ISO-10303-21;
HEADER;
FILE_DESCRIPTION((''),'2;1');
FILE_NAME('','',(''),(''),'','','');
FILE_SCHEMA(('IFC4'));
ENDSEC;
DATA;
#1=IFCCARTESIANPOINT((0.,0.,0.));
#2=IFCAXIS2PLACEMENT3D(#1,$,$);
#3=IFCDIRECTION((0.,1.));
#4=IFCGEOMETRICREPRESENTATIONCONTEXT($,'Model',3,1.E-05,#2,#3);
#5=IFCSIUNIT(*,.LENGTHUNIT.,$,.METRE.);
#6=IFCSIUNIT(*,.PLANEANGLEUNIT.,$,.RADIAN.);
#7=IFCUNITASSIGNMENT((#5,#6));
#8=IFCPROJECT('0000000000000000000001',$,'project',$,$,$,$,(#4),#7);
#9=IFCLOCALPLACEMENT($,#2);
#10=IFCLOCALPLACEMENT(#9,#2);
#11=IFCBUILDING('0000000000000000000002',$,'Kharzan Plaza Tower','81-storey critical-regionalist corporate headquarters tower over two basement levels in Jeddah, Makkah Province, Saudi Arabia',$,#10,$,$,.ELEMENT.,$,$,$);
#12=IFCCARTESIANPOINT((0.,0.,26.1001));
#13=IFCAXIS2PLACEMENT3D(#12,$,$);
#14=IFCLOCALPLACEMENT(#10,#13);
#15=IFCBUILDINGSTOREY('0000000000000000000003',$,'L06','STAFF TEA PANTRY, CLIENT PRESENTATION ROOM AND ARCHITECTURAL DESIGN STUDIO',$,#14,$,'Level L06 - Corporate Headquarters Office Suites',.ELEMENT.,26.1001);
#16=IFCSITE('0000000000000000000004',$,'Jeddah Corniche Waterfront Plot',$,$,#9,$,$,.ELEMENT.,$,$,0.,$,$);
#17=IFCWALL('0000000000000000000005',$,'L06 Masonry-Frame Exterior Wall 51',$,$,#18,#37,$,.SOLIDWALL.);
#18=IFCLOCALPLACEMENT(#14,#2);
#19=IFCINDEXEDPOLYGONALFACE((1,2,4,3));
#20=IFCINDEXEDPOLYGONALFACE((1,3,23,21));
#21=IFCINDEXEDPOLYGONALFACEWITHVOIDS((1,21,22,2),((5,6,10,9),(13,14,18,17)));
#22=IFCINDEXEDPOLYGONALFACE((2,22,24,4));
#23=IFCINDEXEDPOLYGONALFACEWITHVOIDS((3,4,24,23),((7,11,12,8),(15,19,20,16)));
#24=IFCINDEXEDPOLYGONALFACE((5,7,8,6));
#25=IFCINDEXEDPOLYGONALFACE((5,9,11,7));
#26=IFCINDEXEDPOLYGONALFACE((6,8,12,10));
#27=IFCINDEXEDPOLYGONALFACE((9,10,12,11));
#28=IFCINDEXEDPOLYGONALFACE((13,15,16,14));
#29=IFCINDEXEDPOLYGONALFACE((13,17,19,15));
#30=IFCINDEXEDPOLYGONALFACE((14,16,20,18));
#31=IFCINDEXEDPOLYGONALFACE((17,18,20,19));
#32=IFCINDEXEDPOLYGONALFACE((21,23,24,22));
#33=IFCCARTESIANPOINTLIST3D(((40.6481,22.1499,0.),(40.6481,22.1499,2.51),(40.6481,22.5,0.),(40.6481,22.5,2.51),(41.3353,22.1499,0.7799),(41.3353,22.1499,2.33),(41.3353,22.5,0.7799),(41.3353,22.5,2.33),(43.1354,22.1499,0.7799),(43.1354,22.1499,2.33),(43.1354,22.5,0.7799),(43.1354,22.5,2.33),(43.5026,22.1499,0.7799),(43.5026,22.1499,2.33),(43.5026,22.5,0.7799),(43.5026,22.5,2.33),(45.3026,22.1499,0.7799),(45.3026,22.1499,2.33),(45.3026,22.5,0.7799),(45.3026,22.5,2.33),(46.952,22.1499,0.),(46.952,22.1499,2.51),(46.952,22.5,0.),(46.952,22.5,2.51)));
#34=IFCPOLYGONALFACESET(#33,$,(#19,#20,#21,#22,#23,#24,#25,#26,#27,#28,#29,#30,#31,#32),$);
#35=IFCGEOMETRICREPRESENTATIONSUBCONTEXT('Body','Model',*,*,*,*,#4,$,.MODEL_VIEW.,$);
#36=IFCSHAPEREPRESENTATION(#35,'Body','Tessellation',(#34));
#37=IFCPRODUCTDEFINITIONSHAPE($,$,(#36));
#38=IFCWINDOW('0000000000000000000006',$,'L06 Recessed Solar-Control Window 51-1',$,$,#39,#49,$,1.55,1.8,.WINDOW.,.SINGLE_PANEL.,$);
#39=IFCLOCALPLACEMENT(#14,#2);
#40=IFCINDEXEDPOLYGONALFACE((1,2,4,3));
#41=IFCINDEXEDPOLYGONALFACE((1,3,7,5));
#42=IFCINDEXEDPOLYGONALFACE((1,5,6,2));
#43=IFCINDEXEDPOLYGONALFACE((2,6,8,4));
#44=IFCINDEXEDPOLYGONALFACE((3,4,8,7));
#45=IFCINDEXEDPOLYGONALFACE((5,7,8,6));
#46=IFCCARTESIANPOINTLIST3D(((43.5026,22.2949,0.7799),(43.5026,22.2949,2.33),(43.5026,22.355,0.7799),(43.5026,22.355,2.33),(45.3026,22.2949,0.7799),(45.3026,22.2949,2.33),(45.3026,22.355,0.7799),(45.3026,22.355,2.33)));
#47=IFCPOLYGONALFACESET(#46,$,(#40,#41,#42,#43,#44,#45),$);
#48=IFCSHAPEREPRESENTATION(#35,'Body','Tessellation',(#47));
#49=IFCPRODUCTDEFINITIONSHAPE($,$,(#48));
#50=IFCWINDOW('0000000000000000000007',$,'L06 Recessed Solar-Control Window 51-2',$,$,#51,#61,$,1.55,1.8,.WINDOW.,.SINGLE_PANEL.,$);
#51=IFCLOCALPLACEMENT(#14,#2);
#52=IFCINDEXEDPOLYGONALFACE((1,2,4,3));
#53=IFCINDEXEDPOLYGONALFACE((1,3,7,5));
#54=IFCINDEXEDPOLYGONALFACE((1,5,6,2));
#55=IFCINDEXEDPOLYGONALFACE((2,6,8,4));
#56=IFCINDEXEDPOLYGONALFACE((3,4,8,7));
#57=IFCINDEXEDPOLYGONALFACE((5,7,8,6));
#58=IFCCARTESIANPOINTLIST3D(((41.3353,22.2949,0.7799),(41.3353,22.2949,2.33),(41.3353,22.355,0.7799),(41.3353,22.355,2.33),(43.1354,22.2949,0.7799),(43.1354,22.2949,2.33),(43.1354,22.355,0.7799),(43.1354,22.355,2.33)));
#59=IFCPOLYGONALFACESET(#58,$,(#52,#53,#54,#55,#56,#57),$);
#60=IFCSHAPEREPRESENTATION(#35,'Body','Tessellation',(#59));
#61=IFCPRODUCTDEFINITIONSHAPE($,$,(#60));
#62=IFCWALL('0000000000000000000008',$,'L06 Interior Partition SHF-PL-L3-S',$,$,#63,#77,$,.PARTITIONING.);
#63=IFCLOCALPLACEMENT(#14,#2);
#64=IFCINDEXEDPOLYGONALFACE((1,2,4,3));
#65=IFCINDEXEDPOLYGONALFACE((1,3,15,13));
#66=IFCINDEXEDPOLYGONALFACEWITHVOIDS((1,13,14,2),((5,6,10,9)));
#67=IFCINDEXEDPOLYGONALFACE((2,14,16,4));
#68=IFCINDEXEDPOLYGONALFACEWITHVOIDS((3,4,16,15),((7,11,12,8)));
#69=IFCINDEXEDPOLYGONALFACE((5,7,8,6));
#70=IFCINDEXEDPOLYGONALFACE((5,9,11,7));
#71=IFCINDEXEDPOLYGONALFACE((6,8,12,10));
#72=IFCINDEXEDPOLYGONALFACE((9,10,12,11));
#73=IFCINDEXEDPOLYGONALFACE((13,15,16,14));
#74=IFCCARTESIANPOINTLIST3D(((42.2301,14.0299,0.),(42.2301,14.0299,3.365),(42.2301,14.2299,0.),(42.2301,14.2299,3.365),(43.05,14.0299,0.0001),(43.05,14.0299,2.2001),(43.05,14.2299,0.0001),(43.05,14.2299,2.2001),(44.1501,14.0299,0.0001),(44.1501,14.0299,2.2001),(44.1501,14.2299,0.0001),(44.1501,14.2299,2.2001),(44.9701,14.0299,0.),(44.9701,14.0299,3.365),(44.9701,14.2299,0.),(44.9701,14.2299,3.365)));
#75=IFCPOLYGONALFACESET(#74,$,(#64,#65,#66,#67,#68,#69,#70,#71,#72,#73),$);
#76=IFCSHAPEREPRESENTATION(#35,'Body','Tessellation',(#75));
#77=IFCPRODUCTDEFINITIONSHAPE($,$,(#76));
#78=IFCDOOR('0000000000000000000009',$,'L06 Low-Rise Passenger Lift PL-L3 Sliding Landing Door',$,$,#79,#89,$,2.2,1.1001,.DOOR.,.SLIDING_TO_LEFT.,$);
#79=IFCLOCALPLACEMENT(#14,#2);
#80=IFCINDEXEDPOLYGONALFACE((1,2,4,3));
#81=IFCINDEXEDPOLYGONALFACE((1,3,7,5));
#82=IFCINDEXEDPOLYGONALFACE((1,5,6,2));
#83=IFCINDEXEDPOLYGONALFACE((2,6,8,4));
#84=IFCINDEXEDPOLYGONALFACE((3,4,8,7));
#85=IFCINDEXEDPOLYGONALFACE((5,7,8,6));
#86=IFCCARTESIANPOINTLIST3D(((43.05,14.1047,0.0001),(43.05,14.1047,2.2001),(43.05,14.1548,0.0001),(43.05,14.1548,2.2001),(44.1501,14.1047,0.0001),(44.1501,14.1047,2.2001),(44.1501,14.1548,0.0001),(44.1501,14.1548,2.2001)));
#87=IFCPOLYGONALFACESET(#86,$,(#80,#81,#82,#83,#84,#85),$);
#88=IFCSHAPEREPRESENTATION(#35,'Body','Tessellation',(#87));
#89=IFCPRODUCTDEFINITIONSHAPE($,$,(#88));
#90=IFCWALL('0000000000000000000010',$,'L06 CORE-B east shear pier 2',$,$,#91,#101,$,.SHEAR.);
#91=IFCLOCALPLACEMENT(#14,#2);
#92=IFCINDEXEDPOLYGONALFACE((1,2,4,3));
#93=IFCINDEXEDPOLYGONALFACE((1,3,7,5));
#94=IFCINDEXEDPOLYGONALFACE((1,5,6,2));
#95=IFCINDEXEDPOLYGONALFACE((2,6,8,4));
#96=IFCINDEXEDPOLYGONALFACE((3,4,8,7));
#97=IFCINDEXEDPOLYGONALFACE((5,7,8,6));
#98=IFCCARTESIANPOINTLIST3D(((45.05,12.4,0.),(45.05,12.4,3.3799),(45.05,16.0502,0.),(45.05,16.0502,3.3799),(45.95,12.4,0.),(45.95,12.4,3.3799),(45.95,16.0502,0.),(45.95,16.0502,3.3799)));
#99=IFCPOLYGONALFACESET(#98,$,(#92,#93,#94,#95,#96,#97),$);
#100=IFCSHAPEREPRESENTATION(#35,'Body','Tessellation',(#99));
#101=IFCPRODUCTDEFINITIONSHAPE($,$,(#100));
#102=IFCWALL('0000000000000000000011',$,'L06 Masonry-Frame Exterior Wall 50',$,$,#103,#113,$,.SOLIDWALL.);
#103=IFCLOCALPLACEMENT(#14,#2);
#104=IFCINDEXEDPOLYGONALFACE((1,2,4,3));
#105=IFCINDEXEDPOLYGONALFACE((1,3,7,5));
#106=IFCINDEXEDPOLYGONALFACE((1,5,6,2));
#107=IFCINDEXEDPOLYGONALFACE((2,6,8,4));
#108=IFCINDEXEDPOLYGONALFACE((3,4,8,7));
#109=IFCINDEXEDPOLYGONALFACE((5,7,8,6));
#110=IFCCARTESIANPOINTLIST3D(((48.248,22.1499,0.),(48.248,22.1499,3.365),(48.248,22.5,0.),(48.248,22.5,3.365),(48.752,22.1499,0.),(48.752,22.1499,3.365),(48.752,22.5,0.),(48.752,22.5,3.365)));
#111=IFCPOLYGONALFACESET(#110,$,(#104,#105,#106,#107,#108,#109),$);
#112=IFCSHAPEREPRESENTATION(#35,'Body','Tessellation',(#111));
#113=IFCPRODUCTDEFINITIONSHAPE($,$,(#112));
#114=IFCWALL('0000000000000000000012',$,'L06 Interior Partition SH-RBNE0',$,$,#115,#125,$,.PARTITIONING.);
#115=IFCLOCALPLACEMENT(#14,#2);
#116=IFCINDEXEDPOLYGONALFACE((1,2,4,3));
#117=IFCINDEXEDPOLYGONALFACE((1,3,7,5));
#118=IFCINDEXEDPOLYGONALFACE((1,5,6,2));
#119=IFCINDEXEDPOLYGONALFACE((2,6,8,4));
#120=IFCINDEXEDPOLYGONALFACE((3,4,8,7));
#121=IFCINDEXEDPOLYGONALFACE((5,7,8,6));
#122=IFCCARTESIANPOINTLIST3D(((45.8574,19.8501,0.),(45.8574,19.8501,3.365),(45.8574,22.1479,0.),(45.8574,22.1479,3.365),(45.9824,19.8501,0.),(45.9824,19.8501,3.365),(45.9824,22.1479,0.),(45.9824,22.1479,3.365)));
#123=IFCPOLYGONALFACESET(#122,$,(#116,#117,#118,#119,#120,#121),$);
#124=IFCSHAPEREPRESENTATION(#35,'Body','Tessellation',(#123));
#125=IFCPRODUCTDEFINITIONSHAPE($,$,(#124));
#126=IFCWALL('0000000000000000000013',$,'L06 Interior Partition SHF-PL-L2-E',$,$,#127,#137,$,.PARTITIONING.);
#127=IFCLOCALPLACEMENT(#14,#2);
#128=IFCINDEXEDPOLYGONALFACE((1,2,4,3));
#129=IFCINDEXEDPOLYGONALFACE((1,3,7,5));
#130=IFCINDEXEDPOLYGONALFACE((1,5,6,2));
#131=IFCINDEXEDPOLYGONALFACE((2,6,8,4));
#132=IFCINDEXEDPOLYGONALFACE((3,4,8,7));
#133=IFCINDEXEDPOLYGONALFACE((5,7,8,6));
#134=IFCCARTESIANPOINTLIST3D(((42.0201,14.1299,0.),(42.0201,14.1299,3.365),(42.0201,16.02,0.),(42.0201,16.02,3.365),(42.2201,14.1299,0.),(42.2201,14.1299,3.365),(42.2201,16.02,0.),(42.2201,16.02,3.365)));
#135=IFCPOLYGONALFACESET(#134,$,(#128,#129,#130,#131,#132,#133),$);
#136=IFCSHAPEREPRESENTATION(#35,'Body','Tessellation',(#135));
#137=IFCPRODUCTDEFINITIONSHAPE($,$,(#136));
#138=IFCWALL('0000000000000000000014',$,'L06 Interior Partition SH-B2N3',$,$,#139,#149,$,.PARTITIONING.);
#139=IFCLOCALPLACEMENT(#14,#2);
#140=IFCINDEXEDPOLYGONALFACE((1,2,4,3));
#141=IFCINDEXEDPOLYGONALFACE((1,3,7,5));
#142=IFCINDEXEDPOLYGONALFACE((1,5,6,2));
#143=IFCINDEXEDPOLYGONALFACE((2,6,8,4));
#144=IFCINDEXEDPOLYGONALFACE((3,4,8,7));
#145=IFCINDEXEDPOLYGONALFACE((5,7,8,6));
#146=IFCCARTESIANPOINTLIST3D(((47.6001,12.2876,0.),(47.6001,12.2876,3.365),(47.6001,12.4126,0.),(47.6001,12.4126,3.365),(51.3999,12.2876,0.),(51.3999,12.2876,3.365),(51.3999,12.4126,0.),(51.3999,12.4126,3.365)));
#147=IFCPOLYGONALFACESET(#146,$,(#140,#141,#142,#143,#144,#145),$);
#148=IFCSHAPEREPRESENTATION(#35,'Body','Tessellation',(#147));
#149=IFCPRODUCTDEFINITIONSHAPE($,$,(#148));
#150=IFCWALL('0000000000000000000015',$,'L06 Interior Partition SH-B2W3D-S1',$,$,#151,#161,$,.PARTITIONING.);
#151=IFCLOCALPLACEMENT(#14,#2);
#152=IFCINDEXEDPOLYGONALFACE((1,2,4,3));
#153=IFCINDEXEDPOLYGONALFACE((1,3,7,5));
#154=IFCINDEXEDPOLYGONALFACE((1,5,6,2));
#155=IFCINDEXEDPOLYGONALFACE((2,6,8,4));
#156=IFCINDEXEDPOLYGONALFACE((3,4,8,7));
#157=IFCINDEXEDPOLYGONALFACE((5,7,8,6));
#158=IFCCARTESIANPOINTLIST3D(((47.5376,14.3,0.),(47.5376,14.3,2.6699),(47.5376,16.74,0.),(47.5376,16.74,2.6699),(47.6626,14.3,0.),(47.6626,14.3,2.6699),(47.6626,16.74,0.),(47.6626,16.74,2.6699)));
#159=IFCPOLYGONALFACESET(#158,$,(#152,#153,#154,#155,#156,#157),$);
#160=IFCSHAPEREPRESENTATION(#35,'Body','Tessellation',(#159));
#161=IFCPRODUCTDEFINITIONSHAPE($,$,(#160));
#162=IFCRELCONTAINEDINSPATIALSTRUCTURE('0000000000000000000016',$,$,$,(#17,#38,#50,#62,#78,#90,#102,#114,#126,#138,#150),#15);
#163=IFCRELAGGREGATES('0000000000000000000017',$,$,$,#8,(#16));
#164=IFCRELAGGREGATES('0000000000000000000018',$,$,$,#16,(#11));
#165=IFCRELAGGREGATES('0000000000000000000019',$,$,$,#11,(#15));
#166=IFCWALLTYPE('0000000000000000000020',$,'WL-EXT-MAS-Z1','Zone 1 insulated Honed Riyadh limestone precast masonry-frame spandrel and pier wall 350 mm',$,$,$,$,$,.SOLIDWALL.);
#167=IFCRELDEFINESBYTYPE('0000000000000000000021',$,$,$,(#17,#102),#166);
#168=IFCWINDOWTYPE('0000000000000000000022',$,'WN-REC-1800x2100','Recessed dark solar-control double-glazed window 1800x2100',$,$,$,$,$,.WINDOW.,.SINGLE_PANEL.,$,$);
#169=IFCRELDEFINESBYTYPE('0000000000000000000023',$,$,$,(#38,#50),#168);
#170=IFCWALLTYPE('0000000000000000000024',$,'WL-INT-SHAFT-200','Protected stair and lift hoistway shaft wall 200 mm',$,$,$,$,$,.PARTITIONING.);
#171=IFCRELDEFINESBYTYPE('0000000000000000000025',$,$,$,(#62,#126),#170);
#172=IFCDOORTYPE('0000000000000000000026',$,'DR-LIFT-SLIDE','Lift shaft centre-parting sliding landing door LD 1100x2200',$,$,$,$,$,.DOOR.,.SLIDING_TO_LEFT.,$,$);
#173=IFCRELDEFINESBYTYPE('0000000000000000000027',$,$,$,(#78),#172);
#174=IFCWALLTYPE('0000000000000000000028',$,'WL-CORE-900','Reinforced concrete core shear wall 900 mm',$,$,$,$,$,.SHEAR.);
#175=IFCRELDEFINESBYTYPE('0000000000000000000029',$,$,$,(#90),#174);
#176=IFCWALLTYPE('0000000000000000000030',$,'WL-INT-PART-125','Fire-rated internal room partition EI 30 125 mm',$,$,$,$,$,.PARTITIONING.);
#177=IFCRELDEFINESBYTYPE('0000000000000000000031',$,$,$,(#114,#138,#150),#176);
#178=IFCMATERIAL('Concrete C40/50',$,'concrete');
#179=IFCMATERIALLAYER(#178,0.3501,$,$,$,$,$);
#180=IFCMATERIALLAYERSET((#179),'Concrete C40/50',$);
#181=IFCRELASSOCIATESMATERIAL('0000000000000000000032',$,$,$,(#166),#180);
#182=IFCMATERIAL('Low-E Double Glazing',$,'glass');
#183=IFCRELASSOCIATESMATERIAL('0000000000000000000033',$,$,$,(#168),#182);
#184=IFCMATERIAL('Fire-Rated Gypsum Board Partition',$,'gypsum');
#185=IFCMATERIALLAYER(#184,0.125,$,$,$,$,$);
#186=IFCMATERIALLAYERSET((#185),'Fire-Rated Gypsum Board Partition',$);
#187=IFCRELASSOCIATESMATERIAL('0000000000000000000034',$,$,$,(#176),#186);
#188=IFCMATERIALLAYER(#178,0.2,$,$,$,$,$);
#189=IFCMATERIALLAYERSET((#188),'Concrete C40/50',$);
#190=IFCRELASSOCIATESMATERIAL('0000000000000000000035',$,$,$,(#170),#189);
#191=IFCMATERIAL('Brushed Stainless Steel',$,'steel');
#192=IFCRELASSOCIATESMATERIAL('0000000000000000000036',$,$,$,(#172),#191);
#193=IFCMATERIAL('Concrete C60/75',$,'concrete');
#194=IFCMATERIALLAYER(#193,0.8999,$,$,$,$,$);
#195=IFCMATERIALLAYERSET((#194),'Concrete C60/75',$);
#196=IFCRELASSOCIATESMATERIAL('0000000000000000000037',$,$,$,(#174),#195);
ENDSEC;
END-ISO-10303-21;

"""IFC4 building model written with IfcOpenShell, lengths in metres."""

from ifc_helpers import new_model, si_unit, direction, frame, frame_2d, origin, place, context, subcontext, project, spatial, rectangle, extrude, source, transform, mapped, material, layer, layer_set, type_object, element, fill, save


model = new_model("IFC4")

# Units and contexts
model_context = context("Model", 3, precision=1e-05, world=origin(), true_north=direction((0.0, 1.0)))
body_context = subcontext(model_context, "Body", "Model", "MODEL_VIEW")
ifc_project = project(units=[si_unit("LENGTHUNIT", "METRE"), si_unit("PLANEANGLEUNIT", "RADIAN")], contexts=[model_context])

# Site, building, storey
site_placement = place(None, origin())
site = spatial("IfcSite", under=ifc_project, at=site_placement, Name="Jeddah Corniche Waterfront Plot", CompositionType="ELEMENT", RefElevation=0.0)
building_placement = place(site_placement, origin())
building = spatial("IfcBuilding", under=site, at=building_placement, Name="Kharzan Plaza Tower", Description="81-storey critical-regionalist corporate headquarters tower over two basement levels in Jeddah, Makkah Province, Saudi Arabia", CompositionType="ELEMENT")
storey_placement = place(building_placement, frame((0.0, 0.0, 26.1001)))
storey = spatial("IfcBuildingStorey", under=building, at=storey_placement, Name="L06", Description="STAFF TEA PANTRY, CLIENT PRESENTATION ROOM AND ARCHITECTURAL DESIGN STUDIO", LongName="Level L06 - Corporate Headquarters Office Suites", CompositionType="ELEMENT", Elevation=26.1001)

# Shared definitions
ifc_material_1 = material(Name="Concrete C60/75", Category="concrete")

# Wall, openings, windows
ifc_material_2 = material(Name="Concrete C40/50", Category="concrete")
ifc_layer_1 = layer(ifc_material_2, 0.3501)
ifc_layer_set_1 = layer_set([ifc_layer_1], Name="Concrete C40/50")
wall_type_1 = type_object("IfcWallType", Name="WL-EXT-MAS-Z1", Description="Zone 1 insulated Honed Riyadh limestone precast masonry-frame spandrel and pier wall 350 mm", PredefinedType="SOLIDWALL", material=ifc_layer_set_1)
wall_1_placement = place(storey_placement, frame((46.9519, 22.325, 0.0), z_axis=(0.0, 0.0, 1.0), x_axis=(-1.0, 0.0, 0.0)))
wall_1 = element("IfcWall", 1, at=wall_1_placement, inside=storey, type_object=wall_type_1, Name="L06 Masonry-Frame Exterior Wall 51", PredefinedType="SOLIDWALL", context=body_context, shape_type="SweptSolid", body=[
    extrude(rectangle(XDim=6.304, YDim=0.3501, at=frame_2d((3.1519, 0.0))), origin(), (0.0, 0.0, 1.0), 2.51),
])
opening_1_placement = place(wall_1_placement, frame((1.6494, 0.0, 0.78)))
opening_1 = element("IfcOpeningElement", 2, at=opening_1_placement, cuts=wall_1, PredefinedType="OPENING", context=body_context, shape_type="SweptSolid", body=[
    extrude(rectangle(XDim=1.8, YDim=1.55, at=frame_2d((0.8999, 0.7749))), frame((0.0, 0.1851, 0.0), z_axis=(0.0, -1.0, 0.0), x_axis=(1.0, 0.0, 0.0)), (0.0, 0.0, 1.0), 0.3701),
])
opening_2_placement = place(wall_1_placement, frame((3.8167, 0.0, 0.78)))
opening_2 = element("IfcOpeningElement", 3, at=opening_2_placement, cuts=wall_1, PredefinedType="OPENING", context=body_context, shape_type="SweptSolid", body=[
    extrude(rectangle(XDim=1.8, YDim=1.55, at=frame_2d((0.8999, 0.7749))), frame((0.0, 0.1851, 0.0), z_axis=(0.0, -1.0, 0.0), x_axis=(1.0, 0.0, 0.0)), (0.0, 0.0, 1.0), 0.3701),
])
ifc_material_3 = material(Name="Low-E Double Glazing", Category="glass")
window_type = type_object("IfcWindowType", Name="WN-REC-1800x2100", Description="Recessed dark solar-control double-glazed window 1800x2100", PartitioningType="SINGLE_PANEL", PredefinedType="WINDOW", material=ifc_material_3)
shared_shape_1 = source(origin(), body_context, "Body", "SweptSolid", [
    extrude(rectangle(XDim=1.8, YDim=1.55, at=frame_2d((0.8999, 0.7749))), frame((0.0, 0.03, 0.0), z_axis=(0.0, -1.0, 0.0), x_axis=(1.0, 0.0, 0.0)), (0.0, 0.0, 1.0), 0.0601),
])
window_1_placement = place(opening_1_placement, origin())
window_1 = element("IfcWindow", 4, at=window_1_placement, inside=storey, type_object=window_type, Name="L06 Recessed Solar-Control Window 51-1", OverallHeight=1.55, OverallWidth=1.8, PartitioningType="SINGLE_PANEL", PredefinedType="WINDOW", context=body_context, shape_type="MappedRepresentation", body=[
    mapped(shared_shape_1, transform((0.0, 0.0, 0.0), x_axis=(1.0, 0.0, 0.0), y_axis=(0.0, 1.0, 0.0), z_axis=(0.0, 0.0, 1.0))),
])
fill(opening_1, window_1)
window_2_placement = place(opening_2_placement, origin())
window_2 = element("IfcWindow", 5, at=window_2_placement, inside=storey, type_object=window_type, Name="L06 Recessed Solar-Control Window 51-2", OverallHeight=1.55, OverallWidth=1.8, PartitioningType="SINGLE_PANEL", PredefinedType="WINDOW", context=body_context, shape_type="MappedRepresentation", body=[
    mapped(shared_shape_1, transform((0.0, 0.0, 0.0), x_axis=(1.0, 0.0, 0.0), y_axis=(0.0, 1.0, 0.0), z_axis=(0.0, 0.0, 1.0))),
])
fill(opening_2, window_2)

# Wall, opening, door
ifc_material_4 = material(Name="Fire-Rated Gypsum Board Partition", Category="gypsum")
ifc_layer_2 = layer(ifc_material_4, 0.125)
ifc_layer_set_2 = layer_set([ifc_layer_2], Name="Fire-Rated Gypsum Board Partition")
wall_type_2 = type_object("IfcWallType", Name="WL-INT-PART-125", Description="Fire-rated internal room partition EI 30 125 mm", PredefinedType="PARTITIONING", material=ifc_layer_set_2)
ifc_layer_3 = layer(ifc_material_2, 0.2)
ifc_layer_set_3 = layer_set([ifc_layer_3], Name="Concrete C40/50")
wall_type_3 = type_object("IfcWallType", Name="WL-INT-SHAFT-200", Description="Protected stair and lift hoistway shaft wall 200 mm", PredefinedType="PARTITIONING", material=ifc_layer_set_3)
wall_2_placement = place(storey_placement, frame((42.23, 14.1299, 0.0), z_axis=(0.0, 0.0, 1.0), x_axis=(1.0, 0.0, 0.0)))
wall_2 = element("IfcWall", 6, at=wall_2_placement, inside=storey, type_object=wall_type_3, Name="L06 Interior Partition SHF-PL-L3-S", PredefinedType="PARTITIONING", context=body_context, shape_type="SweptSolid", body=[
    extrude(rectangle(XDim=2.74, YDim=0.2, at=frame_2d((1.3701, 0.0))), origin(), (0.0, 0.0, 1.0), 3.365),
])
opening_3_placement = place(wall_2_placement, frame((0.8201, 0.0, 0.0)))
opening_3 = element("IfcOpeningElement", 7, at=opening_3_placement, cuts=wall_2, PredefinedType="OPENING", context=body_context, shape_type="SweptSolid", body=[
    extrude(rectangle(XDim=1.1001, YDim=2.2, at=frame_2d((0.55, 1.1001))), frame((0.0, 0.1099, 0.0), z_axis=(0.0, -1.0, 0.0), x_axis=(1.0, 0.0, 0.0)), (0.0, 0.0, 1.0), 0.22),
])
ifc_material_5 = material(Name="Brushed Stainless Steel", Category="steel")
door_type_1 = type_object("IfcDoorType", Name="DR-LIFT-SLIDE", Description="Lift shaft centre-parting sliding landing door LD 1100x2200", OperationType="SLIDING_TO_LEFT", PredefinedType="DOOR", material=ifc_material_5)
shared_shape_2 = source(origin(), body_context, "Body", "SweptSolid", [
    extrude(rectangle(XDim=1.1001, YDim=2.2, at=frame_2d((0.55, 1.1001))), frame((0.0, 0.0249, 0.0), z_axis=(0.0, -1.0, 0.0), x_axis=(1.0, 0.0, 0.0)), (0.0, 0.0, 1.0), 0.05),
])
door_1_placement = place(opening_3_placement, origin())
door_1 = element("IfcDoor", 8, at=door_1_placement, inside=storey, type_object=door_type_1, Name="L06 Low-Rise Passenger Lift PL-L3 Sliding Landing Door", OperationType="SLIDING_TO_LEFT", OverallHeight=2.2, OverallWidth=1.1001, PredefinedType="DOOR", context=body_context, shape_type="MappedRepresentation", body=[
    mapped(shared_shape_2, transform((0.0, 0.0, 0.0), x_axis=(1.0, 0.0, 0.0), y_axis=(0.0, 1.0, 0.0), z_axis=(0.0, 0.0, 1.0))),
])
fill(opening_3, door_1)

# Walls
ifc_layer_4 = layer(ifc_material_1, 0.8999)
ifc_layer_set_4 = layer_set([ifc_layer_4], Name="Concrete C60/75")
wall_type_4 = type_object("IfcWallType", Name="WL-CORE-900", Description="Reinforced concrete core shear wall 900 mm", PredefinedType="SHEAR", material=ifc_layer_set_4)
shared_shape_3 = source(origin(), body_context, "Body", "SweptSolid", [
    extrude(rectangle(XDim=3.6501, YDim=0.8999, at=frame_2d((1.8252, 0.0))), origin(), (0.0, 0.0, 1.0), 3.3799),
])
wall_3_placement = place(storey_placement, frame((45.5, 12.3999, 0.0), z_axis=(0.0, 0.0, 1.0), x_axis=(0.0, 1.0, 0.0)))
element("IfcWall", 9, at=wall_3_placement, inside=storey, type_object=wall_type_4, Name="L06 CORE-B east shear pier 2", PredefinedType="SHEAR", context=body_context, shape_type="MappedRepresentation", body=[
    mapped(shared_shape_3, transform((0.0, 0.0, 0.0), x_axis=(1.0, 0.0, 0.0), y_axis=(0.0, 1.0, 0.0), z_axis=(0.0, 0.0, 1.0))),
])
shared_shape_4 = source(origin(), body_context, "Body", "SweptSolid", [
    extrude(rectangle(XDim=0.5039, YDim=0.3501, at=frame_2d((0.252, 0.0))), origin(), (0.0, 0.0, 1.0), 3.365),
])
wall_4_placement = place(storey_placement, frame((48.752, 22.325, 0.0), z_axis=(0.0, 0.0, 1.0), x_axis=(-1.0, 0.0, 0.0)))
element("IfcWall", 10, at=wall_4_placement, inside=storey, type_object=wall_type_1, Name="L06 Masonry-Frame Exterior Wall 50", PredefinedType="SOLIDWALL", context=body_context, shape_type="MappedRepresentation", body=[
    mapped(shared_shape_4, transform((0.0, 0.0, 0.0), x_axis=(1.0, 0.0, 0.0), y_axis=(0.0, 1.0, 0.0), z_axis=(0.0, 0.0, 1.0))),
])
shared_shape_5 = source(origin(), body_context, "Body", "SweptSolid", [
    extrude(rectangle(XDim=2.2979, YDim=0.125, at=frame_2d((1.1489, 0.0))), origin(), (0.0, 0.0, 1.0), 3.365),
])
wall_5_placement = place(storey_placement, frame((45.9199, 19.8501, 0.0), z_axis=(0.0, 0.0, 1.0), x_axis=(0.0, 1.0, 0.0)))
element("IfcWall", 11, at=wall_5_placement, inside=storey, type_object=wall_type_2, Name="L06 Interior Partition SH-RBNE0", PredefinedType="PARTITIONING", context=body_context, shape_type="MappedRepresentation", body=[
    mapped(shared_shape_5, transform((0.0, 0.0, 0.0), x_axis=(1.0, 0.0, 0.0), y_axis=(0.0, 1.0, 0.0), z_axis=(0.0, 0.0, 1.0))),
])
shared_shape_6 = source(origin(), body_context, "Body", "SweptSolid", [
    extrude(rectangle(XDim=1.8901, YDim=0.2, at=frame_2d((0.9451, 0.0))), origin(), (0.0, 0.0, 1.0), 3.365),
])
wall_6_placement = place(storey_placement, frame((42.1201, 14.1299, 0.0), z_axis=(0.0, 0.0, 1.0), x_axis=(0.0, 1.0, 0.0)))
element("IfcWall", 12, at=wall_6_placement, inside=storey, type_object=wall_type_3, Name="L06 Interior Partition SHF-PL-L2-E", PredefinedType="PARTITIONING", context=body_context, shape_type="MappedRepresentation", body=[
    mapped(shared_shape_6, transform((0.0, 0.0, 0.0), x_axis=(1.0, 0.0, 0.0), y_axis=(0.0, 1.0, 0.0), z_axis=(0.0, 0.0, 1.0))),
])
shared_shape_7 = source(origin(), body_context, "Body", "SweptSolid", [
    extrude(rectangle(XDim=3.7998, YDim=0.125, at=frame_2d((1.8999, 0.0))), origin(), (0.0, 0.0, 1.0), 3.365),
])
wall_7_placement = place(storey_placement, frame((47.6001, 12.3501, 0.0), z_axis=(0.0, 0.0, 1.0), x_axis=(1.0, 0.0, 0.0)))
element("IfcWall", 13, at=wall_7_placement, inside=storey, type_object=wall_type_2, Name="L06 Interior Partition SH-B2N3", PredefinedType="PARTITIONING", context=body_context, shape_type="MappedRepresentation", body=[
    mapped(shared_shape_7, transform((0.0, 0.0, 0.0), x_axis=(1.0, 0.0, 0.0), y_axis=(0.0, 1.0, 0.0), z_axis=(0.0, 0.0, 1.0))),
])
shared_shape_8 = source(origin(), body_context, "Body", "SweptSolid", [
    extrude(rectangle(XDim=2.4399, YDim=0.125, at=frame_2d((1.22, 0.0))), origin(), (0.0, 0.0, 1.0), 2.6699),
])
wall_8_placement = place(storey_placement, frame((47.6001, 14.3, 0.0), z_axis=(0.0, 0.0, 1.0), x_axis=(0.0, 1.0, 0.0)))
element("IfcWall", 14, at=wall_8_placement, inside=storey, type_object=wall_type_2, Name="L06 Interior Partition SH-B2W3D-S1", PredefinedType="PARTITIONING", context=body_context, shape_type="MappedRepresentation", body=[
    mapped(shared_shape_8, transform((0.0, 0.0, 0.0), x_axis=(1.0, 0.0, 0.0), y_axis=(0.0, 1.0, 0.0), z_axis=(0.0, 0.0, 1.0))),
])

save(model, "model.ifc")
